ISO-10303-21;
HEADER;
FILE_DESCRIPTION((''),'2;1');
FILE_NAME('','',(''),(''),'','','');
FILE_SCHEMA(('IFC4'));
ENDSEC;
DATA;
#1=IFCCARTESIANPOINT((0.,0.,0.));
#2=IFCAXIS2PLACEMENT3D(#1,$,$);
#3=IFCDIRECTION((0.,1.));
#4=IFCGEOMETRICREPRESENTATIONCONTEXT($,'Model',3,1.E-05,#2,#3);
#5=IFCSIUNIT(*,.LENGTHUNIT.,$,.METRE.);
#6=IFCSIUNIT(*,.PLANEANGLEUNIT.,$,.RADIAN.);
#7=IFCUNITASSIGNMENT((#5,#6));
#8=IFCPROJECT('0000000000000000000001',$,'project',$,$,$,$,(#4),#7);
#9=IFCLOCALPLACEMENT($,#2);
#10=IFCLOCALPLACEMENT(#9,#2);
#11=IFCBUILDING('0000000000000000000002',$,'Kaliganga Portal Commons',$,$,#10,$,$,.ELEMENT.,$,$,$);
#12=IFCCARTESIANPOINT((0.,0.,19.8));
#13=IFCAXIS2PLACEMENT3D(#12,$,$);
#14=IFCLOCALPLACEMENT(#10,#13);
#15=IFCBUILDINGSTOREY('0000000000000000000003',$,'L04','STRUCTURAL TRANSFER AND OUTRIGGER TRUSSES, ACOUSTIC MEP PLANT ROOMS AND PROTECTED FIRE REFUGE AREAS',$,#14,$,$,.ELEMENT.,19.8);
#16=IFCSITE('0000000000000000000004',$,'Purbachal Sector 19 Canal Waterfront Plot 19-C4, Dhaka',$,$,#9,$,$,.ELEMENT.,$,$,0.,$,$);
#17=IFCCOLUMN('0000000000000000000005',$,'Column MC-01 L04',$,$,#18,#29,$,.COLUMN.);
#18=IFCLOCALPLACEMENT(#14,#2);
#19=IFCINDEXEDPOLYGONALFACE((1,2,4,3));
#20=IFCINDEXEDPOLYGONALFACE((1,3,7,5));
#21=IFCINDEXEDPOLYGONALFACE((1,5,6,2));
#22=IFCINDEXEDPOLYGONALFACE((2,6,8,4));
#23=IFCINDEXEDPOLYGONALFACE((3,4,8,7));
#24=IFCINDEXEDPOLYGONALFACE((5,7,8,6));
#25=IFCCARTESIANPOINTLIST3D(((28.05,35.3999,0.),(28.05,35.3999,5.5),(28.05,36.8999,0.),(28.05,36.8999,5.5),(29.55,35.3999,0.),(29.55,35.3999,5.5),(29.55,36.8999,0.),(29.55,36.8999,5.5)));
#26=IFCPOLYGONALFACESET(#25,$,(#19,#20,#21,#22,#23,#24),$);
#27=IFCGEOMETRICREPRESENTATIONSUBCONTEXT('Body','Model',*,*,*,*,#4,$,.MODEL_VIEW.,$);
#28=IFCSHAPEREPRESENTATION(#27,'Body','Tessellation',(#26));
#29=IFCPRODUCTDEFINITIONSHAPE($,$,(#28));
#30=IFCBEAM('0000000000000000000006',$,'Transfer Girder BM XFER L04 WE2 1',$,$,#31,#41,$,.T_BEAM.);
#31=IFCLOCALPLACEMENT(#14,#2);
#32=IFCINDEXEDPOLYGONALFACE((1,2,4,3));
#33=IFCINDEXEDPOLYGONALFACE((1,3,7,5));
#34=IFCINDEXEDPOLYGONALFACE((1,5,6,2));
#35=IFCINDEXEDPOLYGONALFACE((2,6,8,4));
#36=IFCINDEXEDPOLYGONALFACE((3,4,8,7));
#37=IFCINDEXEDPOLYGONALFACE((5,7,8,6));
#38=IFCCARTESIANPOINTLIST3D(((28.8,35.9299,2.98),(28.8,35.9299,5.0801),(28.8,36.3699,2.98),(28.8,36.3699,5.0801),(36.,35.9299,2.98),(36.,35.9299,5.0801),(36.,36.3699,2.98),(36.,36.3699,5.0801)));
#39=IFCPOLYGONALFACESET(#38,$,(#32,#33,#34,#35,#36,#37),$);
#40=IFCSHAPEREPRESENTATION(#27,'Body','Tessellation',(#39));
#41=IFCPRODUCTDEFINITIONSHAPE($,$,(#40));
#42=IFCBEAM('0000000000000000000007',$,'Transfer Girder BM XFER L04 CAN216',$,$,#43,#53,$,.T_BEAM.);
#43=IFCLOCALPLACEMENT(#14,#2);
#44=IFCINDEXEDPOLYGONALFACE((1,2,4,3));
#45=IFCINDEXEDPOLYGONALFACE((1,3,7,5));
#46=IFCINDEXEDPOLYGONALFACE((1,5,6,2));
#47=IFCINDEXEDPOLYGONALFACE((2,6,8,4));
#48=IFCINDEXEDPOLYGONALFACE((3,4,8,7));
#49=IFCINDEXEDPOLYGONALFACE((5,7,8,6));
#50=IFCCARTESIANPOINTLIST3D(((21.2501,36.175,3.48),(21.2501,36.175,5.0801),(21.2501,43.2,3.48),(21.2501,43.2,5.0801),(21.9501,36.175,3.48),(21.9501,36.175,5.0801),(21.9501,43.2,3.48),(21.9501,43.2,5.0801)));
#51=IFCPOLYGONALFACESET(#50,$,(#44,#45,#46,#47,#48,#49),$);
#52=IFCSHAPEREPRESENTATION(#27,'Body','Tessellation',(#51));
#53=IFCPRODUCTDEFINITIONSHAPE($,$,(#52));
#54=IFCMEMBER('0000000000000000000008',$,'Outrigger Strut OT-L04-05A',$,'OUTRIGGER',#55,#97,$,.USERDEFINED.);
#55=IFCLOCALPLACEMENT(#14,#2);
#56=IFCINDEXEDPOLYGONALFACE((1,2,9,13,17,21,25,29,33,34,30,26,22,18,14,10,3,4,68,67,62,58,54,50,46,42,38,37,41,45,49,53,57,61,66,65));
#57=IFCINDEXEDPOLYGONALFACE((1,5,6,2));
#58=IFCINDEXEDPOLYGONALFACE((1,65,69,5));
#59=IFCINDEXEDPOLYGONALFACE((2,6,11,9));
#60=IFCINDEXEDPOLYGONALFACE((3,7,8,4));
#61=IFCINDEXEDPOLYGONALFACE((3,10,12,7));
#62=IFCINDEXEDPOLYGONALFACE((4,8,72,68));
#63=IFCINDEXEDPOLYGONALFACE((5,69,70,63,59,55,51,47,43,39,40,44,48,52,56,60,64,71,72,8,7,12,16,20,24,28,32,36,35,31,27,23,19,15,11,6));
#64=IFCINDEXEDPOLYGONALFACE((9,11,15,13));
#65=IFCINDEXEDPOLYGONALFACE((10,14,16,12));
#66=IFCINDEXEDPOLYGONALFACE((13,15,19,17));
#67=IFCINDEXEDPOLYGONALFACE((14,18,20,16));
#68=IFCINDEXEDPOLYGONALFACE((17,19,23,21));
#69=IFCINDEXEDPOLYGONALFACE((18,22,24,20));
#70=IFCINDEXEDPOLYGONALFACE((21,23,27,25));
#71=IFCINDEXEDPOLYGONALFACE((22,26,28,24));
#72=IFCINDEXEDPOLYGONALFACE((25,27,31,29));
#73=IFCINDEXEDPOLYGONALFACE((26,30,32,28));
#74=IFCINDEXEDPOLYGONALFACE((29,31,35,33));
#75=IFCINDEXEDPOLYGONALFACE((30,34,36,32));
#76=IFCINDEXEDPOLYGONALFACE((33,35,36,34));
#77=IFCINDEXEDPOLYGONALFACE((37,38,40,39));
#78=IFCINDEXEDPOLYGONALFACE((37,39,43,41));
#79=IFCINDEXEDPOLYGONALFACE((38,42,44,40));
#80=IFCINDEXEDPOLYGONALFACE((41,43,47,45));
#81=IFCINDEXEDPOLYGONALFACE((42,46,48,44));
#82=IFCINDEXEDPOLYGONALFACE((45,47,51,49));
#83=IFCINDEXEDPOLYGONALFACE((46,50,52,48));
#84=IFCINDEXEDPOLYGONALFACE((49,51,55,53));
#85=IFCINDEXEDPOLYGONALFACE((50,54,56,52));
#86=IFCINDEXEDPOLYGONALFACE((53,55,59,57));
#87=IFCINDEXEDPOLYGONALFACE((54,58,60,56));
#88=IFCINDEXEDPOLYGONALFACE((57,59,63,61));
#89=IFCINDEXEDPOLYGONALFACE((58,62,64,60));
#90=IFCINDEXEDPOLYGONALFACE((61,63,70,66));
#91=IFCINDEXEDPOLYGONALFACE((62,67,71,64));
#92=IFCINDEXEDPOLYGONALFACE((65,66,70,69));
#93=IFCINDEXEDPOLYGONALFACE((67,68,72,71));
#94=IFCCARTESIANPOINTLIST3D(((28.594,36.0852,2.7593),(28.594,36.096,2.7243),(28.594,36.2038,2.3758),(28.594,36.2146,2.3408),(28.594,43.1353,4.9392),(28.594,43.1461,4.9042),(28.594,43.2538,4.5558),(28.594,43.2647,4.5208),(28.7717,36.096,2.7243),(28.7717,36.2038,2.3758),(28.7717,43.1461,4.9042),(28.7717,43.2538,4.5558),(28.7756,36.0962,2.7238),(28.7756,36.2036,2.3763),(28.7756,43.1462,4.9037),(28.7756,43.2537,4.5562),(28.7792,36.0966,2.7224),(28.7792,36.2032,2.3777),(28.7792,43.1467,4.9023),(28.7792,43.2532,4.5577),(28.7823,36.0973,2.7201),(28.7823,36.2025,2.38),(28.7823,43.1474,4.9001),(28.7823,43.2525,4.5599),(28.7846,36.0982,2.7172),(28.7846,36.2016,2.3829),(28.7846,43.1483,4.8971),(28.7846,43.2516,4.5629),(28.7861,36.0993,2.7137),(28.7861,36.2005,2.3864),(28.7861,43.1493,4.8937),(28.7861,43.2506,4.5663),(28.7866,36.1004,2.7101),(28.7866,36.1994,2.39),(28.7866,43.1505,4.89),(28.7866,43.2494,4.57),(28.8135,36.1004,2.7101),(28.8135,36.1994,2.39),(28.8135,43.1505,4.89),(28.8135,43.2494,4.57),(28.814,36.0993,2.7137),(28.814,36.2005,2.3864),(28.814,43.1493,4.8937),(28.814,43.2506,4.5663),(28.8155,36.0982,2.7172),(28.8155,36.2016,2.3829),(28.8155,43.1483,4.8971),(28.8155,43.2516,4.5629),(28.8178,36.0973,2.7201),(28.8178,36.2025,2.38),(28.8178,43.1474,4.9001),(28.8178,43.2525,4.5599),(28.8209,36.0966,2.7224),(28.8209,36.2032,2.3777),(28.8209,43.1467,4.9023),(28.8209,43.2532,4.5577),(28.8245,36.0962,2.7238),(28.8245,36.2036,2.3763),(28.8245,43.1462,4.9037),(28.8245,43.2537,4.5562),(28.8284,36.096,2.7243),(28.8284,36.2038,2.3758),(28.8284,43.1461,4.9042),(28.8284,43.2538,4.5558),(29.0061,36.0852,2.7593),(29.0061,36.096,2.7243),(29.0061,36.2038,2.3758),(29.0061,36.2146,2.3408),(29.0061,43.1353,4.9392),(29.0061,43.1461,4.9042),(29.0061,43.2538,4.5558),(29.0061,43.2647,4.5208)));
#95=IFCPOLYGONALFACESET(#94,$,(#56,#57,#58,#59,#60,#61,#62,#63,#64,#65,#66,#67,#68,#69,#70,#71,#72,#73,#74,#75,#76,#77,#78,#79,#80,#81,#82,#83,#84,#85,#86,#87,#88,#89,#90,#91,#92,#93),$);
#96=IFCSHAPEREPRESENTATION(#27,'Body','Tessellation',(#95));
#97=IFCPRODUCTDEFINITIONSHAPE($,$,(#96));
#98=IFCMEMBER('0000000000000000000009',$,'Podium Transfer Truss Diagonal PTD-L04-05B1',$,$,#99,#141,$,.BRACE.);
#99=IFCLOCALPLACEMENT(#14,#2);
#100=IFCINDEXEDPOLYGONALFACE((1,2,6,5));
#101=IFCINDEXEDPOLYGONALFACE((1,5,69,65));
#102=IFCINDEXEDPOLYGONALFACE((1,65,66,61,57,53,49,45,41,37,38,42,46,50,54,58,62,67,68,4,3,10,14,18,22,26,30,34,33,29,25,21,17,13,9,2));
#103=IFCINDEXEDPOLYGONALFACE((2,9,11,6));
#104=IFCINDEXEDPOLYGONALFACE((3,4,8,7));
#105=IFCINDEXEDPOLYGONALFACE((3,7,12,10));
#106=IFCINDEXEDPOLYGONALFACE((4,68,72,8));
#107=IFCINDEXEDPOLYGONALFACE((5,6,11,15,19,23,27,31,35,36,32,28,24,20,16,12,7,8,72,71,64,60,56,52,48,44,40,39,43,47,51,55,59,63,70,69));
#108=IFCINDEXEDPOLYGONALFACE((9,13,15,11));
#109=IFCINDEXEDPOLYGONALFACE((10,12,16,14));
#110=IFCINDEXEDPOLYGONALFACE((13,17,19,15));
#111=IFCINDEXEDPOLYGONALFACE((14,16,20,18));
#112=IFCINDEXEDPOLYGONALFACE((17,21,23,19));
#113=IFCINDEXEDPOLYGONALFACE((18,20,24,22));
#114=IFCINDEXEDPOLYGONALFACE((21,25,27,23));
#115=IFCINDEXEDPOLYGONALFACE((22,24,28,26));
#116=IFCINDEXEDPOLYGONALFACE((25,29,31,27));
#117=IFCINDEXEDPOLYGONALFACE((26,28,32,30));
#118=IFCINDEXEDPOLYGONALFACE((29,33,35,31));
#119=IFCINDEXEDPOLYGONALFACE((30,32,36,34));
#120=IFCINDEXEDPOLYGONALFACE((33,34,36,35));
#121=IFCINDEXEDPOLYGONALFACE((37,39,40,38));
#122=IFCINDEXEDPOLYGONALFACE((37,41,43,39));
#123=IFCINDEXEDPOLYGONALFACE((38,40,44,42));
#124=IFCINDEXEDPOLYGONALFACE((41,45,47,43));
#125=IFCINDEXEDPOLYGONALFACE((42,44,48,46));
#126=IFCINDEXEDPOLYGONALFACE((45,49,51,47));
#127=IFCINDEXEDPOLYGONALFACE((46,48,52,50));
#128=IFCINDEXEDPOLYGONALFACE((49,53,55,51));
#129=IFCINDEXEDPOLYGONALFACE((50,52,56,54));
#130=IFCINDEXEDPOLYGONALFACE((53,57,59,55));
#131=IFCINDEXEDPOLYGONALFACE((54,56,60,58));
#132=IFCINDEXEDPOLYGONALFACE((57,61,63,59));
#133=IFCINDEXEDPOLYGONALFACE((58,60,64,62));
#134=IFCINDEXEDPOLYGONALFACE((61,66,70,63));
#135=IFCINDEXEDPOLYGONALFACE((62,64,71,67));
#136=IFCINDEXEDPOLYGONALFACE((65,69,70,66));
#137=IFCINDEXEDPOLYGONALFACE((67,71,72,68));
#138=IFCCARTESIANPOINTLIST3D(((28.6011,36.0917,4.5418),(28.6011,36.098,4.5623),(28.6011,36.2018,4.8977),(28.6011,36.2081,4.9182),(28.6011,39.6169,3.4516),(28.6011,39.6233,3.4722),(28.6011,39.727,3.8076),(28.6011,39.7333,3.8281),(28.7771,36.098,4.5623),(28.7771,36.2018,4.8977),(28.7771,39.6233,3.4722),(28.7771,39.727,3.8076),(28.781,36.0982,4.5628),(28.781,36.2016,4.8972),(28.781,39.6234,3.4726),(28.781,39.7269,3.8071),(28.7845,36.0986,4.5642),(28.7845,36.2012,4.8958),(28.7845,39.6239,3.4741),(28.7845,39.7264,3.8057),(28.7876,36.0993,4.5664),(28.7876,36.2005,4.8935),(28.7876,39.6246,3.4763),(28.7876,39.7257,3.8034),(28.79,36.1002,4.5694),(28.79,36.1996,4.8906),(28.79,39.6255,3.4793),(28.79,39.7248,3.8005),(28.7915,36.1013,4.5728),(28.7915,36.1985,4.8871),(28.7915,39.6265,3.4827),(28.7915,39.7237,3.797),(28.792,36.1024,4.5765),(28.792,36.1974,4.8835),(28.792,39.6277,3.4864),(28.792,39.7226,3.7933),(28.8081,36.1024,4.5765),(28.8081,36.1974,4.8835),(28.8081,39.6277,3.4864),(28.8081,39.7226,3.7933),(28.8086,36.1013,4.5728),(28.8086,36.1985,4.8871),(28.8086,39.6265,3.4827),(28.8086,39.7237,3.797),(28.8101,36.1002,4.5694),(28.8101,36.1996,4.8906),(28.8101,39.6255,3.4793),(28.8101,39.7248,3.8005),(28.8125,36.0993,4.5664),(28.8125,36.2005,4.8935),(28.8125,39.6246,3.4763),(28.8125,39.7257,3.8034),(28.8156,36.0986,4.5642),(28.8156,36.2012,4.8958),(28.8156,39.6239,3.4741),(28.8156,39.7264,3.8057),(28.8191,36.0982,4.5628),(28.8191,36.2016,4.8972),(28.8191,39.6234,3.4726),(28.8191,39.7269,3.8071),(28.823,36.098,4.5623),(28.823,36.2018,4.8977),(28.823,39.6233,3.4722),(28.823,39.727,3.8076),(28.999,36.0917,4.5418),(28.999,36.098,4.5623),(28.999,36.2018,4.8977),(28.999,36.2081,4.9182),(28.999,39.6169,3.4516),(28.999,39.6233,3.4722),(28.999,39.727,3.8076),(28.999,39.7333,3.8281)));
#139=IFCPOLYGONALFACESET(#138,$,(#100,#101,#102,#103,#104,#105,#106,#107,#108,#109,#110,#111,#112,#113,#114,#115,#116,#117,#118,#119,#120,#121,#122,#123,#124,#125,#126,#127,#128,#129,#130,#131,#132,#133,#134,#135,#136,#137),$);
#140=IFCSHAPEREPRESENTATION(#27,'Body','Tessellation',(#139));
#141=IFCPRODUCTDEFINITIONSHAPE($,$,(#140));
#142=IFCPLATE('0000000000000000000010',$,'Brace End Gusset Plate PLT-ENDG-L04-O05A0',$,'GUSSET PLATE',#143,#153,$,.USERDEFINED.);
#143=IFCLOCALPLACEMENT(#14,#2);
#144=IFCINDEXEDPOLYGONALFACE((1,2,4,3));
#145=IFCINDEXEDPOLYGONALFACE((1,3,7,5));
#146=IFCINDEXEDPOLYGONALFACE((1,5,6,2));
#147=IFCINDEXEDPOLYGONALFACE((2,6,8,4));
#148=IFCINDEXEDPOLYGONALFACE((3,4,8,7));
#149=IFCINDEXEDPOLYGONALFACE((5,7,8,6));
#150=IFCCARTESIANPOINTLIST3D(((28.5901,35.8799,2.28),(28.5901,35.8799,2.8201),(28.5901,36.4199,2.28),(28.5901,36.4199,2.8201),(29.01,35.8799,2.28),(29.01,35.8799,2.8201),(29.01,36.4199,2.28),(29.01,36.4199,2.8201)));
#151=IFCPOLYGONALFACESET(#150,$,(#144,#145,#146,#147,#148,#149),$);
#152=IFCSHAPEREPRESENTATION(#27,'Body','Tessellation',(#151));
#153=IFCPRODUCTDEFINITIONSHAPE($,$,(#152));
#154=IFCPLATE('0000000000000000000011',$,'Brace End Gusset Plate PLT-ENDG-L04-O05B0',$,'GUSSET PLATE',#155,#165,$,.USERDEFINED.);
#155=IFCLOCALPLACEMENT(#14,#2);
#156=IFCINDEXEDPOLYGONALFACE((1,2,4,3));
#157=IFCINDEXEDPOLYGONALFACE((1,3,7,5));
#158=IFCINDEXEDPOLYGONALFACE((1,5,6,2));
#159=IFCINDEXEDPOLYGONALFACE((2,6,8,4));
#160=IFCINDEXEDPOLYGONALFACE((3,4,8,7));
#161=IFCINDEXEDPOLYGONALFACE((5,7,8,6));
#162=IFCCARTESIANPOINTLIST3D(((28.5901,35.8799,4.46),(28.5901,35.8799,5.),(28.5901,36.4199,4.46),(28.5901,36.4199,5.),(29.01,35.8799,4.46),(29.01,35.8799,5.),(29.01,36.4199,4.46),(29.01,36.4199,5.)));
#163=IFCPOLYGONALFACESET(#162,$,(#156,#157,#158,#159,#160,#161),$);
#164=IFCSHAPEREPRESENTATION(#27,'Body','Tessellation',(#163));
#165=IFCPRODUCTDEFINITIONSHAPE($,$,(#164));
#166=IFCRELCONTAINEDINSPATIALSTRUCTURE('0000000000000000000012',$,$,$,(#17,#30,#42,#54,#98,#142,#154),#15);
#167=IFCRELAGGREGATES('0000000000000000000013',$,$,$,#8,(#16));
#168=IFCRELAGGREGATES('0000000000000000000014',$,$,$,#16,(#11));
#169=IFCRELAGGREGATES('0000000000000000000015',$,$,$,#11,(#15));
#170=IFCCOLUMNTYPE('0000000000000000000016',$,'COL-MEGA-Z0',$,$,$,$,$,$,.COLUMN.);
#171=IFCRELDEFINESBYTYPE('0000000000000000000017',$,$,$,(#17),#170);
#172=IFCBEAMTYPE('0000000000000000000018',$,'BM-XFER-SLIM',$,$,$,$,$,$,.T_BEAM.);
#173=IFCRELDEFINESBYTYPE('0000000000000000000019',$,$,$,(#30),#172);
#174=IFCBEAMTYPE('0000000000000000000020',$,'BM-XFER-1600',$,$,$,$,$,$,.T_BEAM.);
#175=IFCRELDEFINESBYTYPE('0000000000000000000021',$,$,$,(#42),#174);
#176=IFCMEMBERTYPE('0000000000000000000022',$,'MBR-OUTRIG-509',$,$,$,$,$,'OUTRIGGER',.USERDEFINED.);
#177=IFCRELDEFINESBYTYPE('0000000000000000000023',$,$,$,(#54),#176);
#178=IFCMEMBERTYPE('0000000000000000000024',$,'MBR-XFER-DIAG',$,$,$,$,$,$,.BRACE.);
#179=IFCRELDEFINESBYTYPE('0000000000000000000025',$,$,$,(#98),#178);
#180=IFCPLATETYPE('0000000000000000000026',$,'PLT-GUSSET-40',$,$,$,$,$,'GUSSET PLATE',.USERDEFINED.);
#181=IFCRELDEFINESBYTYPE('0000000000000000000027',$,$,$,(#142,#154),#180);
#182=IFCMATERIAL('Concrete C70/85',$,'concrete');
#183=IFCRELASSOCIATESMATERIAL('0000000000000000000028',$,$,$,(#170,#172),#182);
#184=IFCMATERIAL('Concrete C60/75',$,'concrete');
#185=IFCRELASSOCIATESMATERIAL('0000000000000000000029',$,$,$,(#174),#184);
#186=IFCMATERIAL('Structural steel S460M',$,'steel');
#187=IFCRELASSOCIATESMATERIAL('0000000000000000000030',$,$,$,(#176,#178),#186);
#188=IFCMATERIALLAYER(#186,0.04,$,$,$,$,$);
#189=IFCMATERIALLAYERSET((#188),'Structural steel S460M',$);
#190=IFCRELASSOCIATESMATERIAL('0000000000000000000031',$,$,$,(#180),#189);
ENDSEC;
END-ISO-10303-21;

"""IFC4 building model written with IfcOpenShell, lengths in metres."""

from ifc_helpers import new_model, si_unit, direction, frame, origin, origin_2d, place, context, subcontext, project, spatial, rectangle, i_section, extrude, source, transform, mapped, material, layer, layer_set, material_profile, profile_set, type_object, element, save


model = new_model("IFC4")

# Units and contexts
model_context = context("Model", 3, precision=1e-05, world=origin(), true_north=direction((0.0, 1.0)))
body_context = subcontext(model_context, "Body", "Model", "MODEL_VIEW")
ifc_project = project(units=[si_unit("LENGTHUNIT", "METRE"), si_unit("PLANEANGLEUNIT", "RADIAN")], contexts=[model_context])

# Site, building, storey
site_placement = place(None, origin())
site = spatial("IfcSite", under=ifc_project, at=site_placement, Name="Purbachal Sector 19 Canal Waterfront Plot 19-C4, Dhaka", CompositionType="ELEMENT", RefElevation=0.0)
building_placement = place(site_placement, origin())
building = spatial("IfcBuilding", under=site, at=building_placement, Name="Kaliganga Portal Commons", CompositionType="ELEMENT")
storey_placement = place(building_placement, frame((0.0, 0.0, 19.8)))
storey = spatial("IfcBuildingStorey", under=building, at=storey_placement, Name="L04", Description="STRUCTURAL TRANSFER AND OUTRIGGER TRUSSES, ACOUSTIC MEP PLANT ROOMS AND PROTECTED FIRE REFUGE AREAS", CompositionType="ELEMENT", Elevation=19.8)

# Column
ifc_material_1 = material(Name="Concrete C70/85", Category="concrete")
ifc_material_profile_1 = material_profile(ifc_material_1, rectangle(XDim=1.5, YDim=1.5, at=origin_2d()), Name="RC 1500x1500")
ifc_profile_set_1 = profile_set([ifc_material_profile_1], Name="Concrete C70/85")
column_type = type_object("IfcColumnType", Name="COL-MEGA-Z0", PredefinedType="COLUMN", material=ifc_profile_set_1)
shared_shape_1 = source(origin(), body_context, "Body", "SweptSolid", [
    extrude(rectangle(XDim=1.5, YDim=1.5, at=origin_2d()), origin(), (0.0, 0.0, 1.0), 5.5),
])
column_placement = place(storey_placement, frame((28.8, 36.1499, 0.0), z_axis=(0.0, 0.0, 1.0), x_axis=(1.0, 0.0, 0.0)))
element("IfcColumn", 1, at=column_placement, inside=storey, type_object=column_type, Name="Column MC-01 L04", PredefinedType="COLUMN", context=body_context, shape_type="MappedRepresentation", body=[
    mapped(shared_shape_1, transform((0.0, 0.0, 0.0), x_axis=(1.0, 0.0, 0.0), y_axis=(0.0, 1.0, 0.0), z_axis=(0.0, 0.0, 1.0), scale=1.0)),
])

# Beams
ifc_material_profile_2 = material_profile(ifc_material_1, rectangle(XDim=0.4399, YDim=2.1001, at=origin_2d()), Name="RC 440x2100")
ifc_profile_set_2 = profile_set([ifc_material_profile_2], Name="Concrete C70/85")
beam_type_1 = type_object("IfcBeamType", Name="BM-XFER-SLIM", PredefinedType="T_BEAM", material=ifc_profile_set_2)
shared_shape_2 = source(origin(), body_context, "Body", "SweptSolid", [
    extrude(rectangle(XDim=0.4399, YDim=2.1001, at=origin_2d()), origin(), (0.0, 0.0, 1.0), 7.2),
])
beam_1_placement = place(storey_placement, frame((28.8, 36.1499, 4.03), z_axis=(1.0, 0.0, 0.0), x_axis=(0.0, 1.0, 0.0)))
element("IfcBeam", 2, at=beam_1_placement, inside=storey, type_object=beam_type_1, Name="Transfer Girder BM XFER L04 WE2 1", PredefinedType="T_BEAM", context=body_context, shape_type="MappedRepresentation", body=[
    mapped(shared_shape_2, transform((0.0, 0.0, 0.0), x_axis=(1.0, 0.0, 0.0), y_axis=(0.0, 1.0, 0.0), z_axis=(0.0, 0.0, 1.0), scale=1.0)),
])
ifc_material_2 = material(Name="Concrete C60/75", Category="concrete")
ifc_material_profile_3 = material_profile(ifc_material_2, rectangle(XDim=0.7, YDim=1.6001, at=origin_2d()), Name="RC 700x1600")
ifc_profile_set_3 = profile_set([ifc_material_profile_3], Name="Concrete C60/75")
beam_type_2 = type_object("IfcBeamType", Name="BM-XFER-1600", PredefinedType="T_BEAM", material=ifc_profile_set_3)
shared_shape_3 = source(origin(), body_context, "Body", "SweptSolid", [
    extrude(rectangle(XDim=0.7, YDim=1.6001, at=origin_2d()), origin(), (0.0, 0.0, 1.0), 7.0249),
])
beam_2_placement = place(storey_placement, frame((21.6001, 36.175, 4.28), z_axis=(0.0, 1.0, 0.0), x_axis=(-1.0, 0.0, 0.0)))
element("IfcBeam", 3, at=beam_2_placement, inside=storey, type_object=beam_type_2, Name="Transfer Girder BM XFER L04 CAN216", PredefinedType="T_BEAM", context=body_context, shape_type="MappedRepresentation", body=[
    mapped(shared_shape_3, transform((0.0, 0.0, 0.0), x_axis=(1.0, 0.0, 0.0), y_axis=(0.0, 1.0, 0.0), z_axis=(0.0, 0.0, 1.0), scale=1.0)),
])

# Members
ifc_material_3 = material(Name="Structural steel S460M", Category="steel")
ifc_material_profile_4 = material_profile(ifc_material_3, i_section(OverallWidth=0.4121, OverallDepth=0.438, WebThickness=0.0269, FlangeThickness=0.0366, FilletRadius=0.0149, at=origin_2d()), Name="HD 400x463")
ifc_profile_set_4 = profile_set([ifc_material_profile_4], Name="Structural steel S460M wide-flange")
member_type_1 = type_object("IfcMemberType", Name="MBR-OUTRIG-509", ElementType="OUTRIGGER", PredefinedType="USERDEFINED", material=ifc_profile_set_4)
shared_shape_4 = source(origin(), body_context, "Body", "SweptSolid", [
    extrude(i_section(OverallWidth=0.4121, OverallDepth=0.438, WebThickness=0.0269, FlangeThickness=0.0366, FilletRadius=0.0149, at=origin_2d()), origin(), (0.0, 0.0, 1.0), 7.3794),
])
member_1_placement = place(storey_placement, frame((28.8, 36.1499, 2.55), z_axis=(0.0, 0.955371, 0.295408), x_axis=(-1.0, 0.0, 0.0)))
element("IfcMember", 4, at=member_1_placement, inside=storey, type_object=member_type_1, Name="Outrigger Strut OT-L04-05A", ObjectType="OUTRIGGER", PredefinedType="USERDEFINED", context=body_context, shape_type="MappedRepresentation", body=[
    mapped(shared_shape_4, transform((0.0, 0.0, 0.0), x_axis=(1.0, 0.0, 0.0), y_axis=(0.0, 1.0, 0.0), z_axis=(0.0, 0.0, 1.0), scale=1.0)),
])
ifc_material_profile_5 = material_profile(ifc_material_3, i_section(OverallWidth=0.3979, OverallDepth=0.394, WebThickness=0.0161, FlangeThickness=0.0215, FilletRadius=0.0149, at=origin_2d()), Name="HD 400x262")
ifc_profile_set_5 = profile_set([ifc_material_profile_5], Name="Structural steel S460M wide-flange")
member_type_2 = type_object("IfcMemberType", Name="MBR-XFER-DIAG", PredefinedType="BRACE", material=ifc_profile_set_5)
shared_shape_5 = source(origin(), body_context, "Body", "SweptSolid", [
    extrude(i_section(OverallWidth=0.3979, OverallDepth=0.394, WebThickness=0.0161, FlangeThickness=0.0215, FilletRadius=0.0149, at=origin_2d()), origin(), (0.0, 0.0, 1.0), 3.6899),
])
member_2_placement = place(storey_placement, frame((28.8, 36.1499, 4.73), z_axis=(0.0, 0.955365, -0.295429), x_axis=(-1.0, 0.0, 0.0)))
element("IfcMember", 5, at=member_2_placement, inside=storey, type_object=member_type_2, Name="Podium Transfer Truss Diagonal PTD-L04-05B1", PredefinedType="BRACE", context=body_context, shape_type="MappedRepresentation", body=[
    mapped(shared_shape_5, transform((0.0, 0.0, 0.0), x_axis=(1.0, 0.0, 0.0), y_axis=(0.0, 1.0, 0.0), z_axis=(0.0, 0.0, 1.0), scale=1.0)),
])

# Plates
ifc_layer_1 = layer(ifc_material_3, 0.04)
ifc_layer_set_1 = layer_set([ifc_layer_1], Name="Structural steel S460M")
plate_type = type_object("IfcPlateType", Name="PLT-GUSSET-40", ElementType="GUSSET PLATE", PredefinedType="USERDEFINED", material=ifc_layer_set_1)
shared_shape_6 = source(origin(), body_context, "Body", "SweptSolid", [
    extrude(rectangle(XDim=0.54, YDim=0.4199, at=origin_2d()), origin(), (0.0, 0.0, 1.0), 0.54),
])
for number, where, z_axis, x_axis, name in (
    (6, (28.8, 36.1499, 2.28), (0.0, 0.0, 1.0), (0.0, 1.0, 0.0), "Brace End Gusset Plate PLT-ENDG-L04-O05A0"),
    (7, (28.8, 36.1499, 4.46), (0.0, 0.0, 1.0), (0.0, 1.0, 0.0), "Brace End Gusset Plate PLT-ENDG-L04-O05B0"),
):
    element("IfcPlate", number, at=place(storey_placement, frame(where, z_axis=z_axis, x_axis=x_axis)), inside=storey, type_object=plate_type, Name=name, ObjectType="GUSSET PLATE", PredefinedType="USERDEFINED", context=body_context, shape_type="MappedRepresentation", body=[
        mapped(shared_shape_6, transform((0.0, 0.0, 0.0), x_axis=(1.0, 0.0, 0.0), y_axis=(0.0, 1.0, 0.0), z_axis=(0.0, 0.0, 1.0), scale=1.0)),
    ])

save(model, "model.ifc")
